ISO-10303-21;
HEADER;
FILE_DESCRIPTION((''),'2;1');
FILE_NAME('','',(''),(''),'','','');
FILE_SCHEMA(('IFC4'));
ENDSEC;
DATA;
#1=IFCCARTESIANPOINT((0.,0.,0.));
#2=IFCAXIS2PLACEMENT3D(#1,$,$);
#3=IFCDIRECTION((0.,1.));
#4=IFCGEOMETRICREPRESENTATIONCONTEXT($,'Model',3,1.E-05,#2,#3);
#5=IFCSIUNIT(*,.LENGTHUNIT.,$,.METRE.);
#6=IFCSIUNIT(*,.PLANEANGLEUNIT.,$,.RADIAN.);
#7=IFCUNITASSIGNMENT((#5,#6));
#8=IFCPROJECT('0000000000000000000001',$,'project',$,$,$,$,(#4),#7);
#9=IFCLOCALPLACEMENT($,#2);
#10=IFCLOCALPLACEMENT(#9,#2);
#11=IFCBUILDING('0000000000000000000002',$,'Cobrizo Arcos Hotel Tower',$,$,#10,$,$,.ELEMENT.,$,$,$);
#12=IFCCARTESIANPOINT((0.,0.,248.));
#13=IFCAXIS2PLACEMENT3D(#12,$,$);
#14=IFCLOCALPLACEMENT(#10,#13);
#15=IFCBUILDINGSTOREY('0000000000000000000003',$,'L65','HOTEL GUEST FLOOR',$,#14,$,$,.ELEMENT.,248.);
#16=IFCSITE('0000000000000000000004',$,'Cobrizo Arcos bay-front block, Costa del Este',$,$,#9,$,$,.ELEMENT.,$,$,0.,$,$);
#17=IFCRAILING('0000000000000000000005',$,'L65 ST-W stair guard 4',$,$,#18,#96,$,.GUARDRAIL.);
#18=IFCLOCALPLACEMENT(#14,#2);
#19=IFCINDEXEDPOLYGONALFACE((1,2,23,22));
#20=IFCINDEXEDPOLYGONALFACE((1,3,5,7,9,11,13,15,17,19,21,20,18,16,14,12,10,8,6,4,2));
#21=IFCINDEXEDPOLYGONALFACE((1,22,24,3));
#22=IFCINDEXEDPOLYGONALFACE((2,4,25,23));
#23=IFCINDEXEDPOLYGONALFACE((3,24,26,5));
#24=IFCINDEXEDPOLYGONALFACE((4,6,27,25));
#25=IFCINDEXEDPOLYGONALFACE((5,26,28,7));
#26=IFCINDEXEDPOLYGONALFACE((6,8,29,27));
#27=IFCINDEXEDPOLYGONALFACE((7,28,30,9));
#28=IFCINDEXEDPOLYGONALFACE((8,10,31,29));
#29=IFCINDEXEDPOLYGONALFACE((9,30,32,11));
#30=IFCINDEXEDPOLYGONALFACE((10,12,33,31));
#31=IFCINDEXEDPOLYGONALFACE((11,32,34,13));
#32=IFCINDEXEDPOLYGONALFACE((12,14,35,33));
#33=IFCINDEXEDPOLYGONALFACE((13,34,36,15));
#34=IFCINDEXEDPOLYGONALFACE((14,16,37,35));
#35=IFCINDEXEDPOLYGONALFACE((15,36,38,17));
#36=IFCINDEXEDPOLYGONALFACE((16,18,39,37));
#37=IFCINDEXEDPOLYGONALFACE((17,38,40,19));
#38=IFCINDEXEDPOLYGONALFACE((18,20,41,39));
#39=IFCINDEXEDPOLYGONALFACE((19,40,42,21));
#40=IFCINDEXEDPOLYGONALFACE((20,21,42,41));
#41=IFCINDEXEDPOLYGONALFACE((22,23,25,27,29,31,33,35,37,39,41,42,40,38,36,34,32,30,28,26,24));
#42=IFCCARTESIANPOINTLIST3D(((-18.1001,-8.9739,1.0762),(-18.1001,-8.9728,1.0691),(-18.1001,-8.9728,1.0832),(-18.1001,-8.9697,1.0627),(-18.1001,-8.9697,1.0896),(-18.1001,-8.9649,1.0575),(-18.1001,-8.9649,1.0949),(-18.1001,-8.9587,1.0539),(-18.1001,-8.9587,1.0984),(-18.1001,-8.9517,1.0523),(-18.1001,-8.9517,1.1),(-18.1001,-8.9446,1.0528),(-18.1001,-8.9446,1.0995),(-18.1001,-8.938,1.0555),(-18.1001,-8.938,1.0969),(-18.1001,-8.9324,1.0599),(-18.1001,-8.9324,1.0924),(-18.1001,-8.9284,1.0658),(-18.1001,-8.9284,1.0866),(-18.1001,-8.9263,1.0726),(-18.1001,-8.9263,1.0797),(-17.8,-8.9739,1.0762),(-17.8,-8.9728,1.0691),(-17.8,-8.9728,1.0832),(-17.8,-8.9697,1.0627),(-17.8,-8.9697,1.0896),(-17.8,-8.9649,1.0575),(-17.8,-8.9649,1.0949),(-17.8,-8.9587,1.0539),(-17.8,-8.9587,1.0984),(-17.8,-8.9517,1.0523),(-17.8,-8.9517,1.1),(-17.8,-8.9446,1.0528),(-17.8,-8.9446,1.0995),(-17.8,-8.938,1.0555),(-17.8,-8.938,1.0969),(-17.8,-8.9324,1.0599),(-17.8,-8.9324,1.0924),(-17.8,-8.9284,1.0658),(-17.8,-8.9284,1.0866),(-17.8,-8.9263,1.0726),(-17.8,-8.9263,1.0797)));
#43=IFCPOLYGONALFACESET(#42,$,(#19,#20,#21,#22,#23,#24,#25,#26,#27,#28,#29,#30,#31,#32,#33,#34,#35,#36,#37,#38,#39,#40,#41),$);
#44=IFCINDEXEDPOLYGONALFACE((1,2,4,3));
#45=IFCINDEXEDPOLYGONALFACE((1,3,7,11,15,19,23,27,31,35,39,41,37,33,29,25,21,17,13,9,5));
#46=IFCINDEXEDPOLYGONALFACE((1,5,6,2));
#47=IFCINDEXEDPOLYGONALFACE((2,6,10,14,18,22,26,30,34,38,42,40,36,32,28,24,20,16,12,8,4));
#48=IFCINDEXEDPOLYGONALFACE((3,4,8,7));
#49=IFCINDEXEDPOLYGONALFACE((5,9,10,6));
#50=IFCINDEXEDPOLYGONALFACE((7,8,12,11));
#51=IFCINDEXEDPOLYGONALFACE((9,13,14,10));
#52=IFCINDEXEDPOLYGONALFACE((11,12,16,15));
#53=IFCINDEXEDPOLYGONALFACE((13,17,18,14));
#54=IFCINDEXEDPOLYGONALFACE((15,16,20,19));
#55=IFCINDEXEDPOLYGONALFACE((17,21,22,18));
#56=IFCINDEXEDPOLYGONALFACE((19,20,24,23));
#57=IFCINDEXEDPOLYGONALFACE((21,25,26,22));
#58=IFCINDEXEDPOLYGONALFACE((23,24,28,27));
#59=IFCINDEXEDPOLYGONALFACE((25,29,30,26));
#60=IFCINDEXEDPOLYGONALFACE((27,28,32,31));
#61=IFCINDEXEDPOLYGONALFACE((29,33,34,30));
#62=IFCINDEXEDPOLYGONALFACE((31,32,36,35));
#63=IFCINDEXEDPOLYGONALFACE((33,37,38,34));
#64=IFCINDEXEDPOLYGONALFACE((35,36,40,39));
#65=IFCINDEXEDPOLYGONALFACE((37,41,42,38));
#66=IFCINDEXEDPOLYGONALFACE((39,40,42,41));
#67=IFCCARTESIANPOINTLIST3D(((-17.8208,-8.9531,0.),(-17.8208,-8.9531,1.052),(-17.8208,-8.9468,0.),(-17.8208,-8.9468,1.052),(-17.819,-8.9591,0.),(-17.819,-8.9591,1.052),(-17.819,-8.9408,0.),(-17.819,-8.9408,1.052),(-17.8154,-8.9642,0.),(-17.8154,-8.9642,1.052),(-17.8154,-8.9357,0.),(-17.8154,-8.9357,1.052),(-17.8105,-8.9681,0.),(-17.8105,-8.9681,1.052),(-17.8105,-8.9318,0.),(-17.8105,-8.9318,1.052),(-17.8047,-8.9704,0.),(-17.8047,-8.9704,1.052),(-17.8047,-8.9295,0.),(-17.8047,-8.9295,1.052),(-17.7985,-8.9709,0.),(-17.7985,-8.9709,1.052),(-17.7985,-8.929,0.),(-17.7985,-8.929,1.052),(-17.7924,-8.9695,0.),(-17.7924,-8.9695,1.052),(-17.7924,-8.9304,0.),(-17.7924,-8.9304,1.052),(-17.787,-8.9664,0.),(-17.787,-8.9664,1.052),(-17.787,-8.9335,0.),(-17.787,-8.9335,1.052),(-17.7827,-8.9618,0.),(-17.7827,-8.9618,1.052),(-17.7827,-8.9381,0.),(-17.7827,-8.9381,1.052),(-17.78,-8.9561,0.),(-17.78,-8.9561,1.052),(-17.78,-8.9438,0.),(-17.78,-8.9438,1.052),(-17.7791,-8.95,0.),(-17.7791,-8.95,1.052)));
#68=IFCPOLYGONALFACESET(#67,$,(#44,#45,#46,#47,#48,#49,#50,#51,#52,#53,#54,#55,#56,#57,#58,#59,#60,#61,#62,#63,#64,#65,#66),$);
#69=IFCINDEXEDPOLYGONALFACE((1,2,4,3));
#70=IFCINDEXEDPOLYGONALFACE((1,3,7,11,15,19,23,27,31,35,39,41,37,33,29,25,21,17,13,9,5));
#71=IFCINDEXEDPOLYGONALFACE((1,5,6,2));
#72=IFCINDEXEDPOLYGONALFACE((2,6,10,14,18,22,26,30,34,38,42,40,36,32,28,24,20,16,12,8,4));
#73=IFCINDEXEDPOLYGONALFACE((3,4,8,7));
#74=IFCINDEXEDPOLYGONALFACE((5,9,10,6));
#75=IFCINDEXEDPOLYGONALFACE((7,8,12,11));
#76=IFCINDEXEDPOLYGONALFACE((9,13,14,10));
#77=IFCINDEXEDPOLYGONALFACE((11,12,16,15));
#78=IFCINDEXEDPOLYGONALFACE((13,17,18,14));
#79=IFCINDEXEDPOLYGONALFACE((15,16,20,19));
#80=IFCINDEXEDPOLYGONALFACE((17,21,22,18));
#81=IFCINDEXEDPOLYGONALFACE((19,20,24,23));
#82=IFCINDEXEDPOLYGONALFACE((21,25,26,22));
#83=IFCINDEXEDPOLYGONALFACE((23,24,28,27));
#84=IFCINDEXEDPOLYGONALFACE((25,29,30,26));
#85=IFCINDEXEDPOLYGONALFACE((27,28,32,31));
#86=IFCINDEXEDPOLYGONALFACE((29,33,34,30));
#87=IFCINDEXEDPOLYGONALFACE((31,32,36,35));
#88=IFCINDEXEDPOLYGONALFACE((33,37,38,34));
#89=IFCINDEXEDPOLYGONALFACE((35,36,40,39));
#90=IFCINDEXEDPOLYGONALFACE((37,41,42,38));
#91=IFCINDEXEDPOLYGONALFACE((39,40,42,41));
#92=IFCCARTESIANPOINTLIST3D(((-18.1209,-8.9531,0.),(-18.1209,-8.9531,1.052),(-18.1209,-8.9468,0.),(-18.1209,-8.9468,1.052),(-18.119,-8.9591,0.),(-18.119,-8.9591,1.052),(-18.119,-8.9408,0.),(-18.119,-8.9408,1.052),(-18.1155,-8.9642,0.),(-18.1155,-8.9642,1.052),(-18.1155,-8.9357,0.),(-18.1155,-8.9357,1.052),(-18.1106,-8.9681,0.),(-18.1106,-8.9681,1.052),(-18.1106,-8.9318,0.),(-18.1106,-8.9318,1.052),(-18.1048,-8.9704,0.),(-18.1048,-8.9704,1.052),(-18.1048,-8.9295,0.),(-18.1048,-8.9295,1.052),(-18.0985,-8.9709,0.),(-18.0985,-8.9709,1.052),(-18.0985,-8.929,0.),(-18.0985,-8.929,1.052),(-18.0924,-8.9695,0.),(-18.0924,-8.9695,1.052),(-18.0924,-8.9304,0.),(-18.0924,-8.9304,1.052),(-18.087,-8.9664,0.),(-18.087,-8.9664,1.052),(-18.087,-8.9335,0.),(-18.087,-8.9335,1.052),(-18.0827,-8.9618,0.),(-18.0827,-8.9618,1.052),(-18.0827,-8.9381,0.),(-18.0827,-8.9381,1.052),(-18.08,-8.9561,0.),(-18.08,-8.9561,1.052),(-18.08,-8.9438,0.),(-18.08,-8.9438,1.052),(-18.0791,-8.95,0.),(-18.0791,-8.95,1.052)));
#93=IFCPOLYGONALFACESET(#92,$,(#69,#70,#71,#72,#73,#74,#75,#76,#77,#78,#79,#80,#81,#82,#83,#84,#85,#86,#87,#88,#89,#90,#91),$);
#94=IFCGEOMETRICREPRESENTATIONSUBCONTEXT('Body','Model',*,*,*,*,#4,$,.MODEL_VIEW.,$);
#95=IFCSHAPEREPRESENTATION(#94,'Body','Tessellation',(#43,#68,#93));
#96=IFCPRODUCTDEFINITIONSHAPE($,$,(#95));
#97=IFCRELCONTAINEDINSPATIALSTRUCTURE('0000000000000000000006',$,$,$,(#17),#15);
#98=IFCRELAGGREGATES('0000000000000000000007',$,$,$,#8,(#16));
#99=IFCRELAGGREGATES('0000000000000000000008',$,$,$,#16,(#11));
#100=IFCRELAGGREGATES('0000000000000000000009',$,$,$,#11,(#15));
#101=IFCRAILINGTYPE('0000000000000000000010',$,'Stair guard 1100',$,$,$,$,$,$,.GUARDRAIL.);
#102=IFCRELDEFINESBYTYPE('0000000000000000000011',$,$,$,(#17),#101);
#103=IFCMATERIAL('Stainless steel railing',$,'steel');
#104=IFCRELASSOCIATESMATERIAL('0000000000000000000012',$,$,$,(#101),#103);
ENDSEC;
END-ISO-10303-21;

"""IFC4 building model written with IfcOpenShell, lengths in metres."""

from ifc_helpers import new_model, si_unit, direction, frame, origin, origin_2d, place, context, subcontext, project, spatial, circle, extrude, material, type_object, element, save


model = new_model("IFC4")

# Units and contexts
model_context = context("Model", 3, precision=1e-05, world=origin(), true_north=direction((0.0, 1.0)))
body_context = subcontext(model_context, "Body", "Model", "MODEL_VIEW")
ifc_project = project(units=[si_unit("LENGTHUNIT", "METRE"), si_unit("PLANEANGLEUNIT", "RADIAN")], contexts=[model_context])

# Site, building, storey
site_placement = place(None, origin())
site = spatial("IfcSite", under=ifc_project, at=site_placement, Name="Cobrizo Arcos bay-front block, Costa del Este", CompositionType="ELEMENT", RefElevation=0.0)
building_placement = place(site_placement, origin())
building = spatial("IfcBuilding", under=site, at=building_placement, Name="Cobrizo Arcos Hotel Tower", CompositionType="ELEMENT")
storey_placement = place(building_placement, frame((0.0, 0.0, 248.0)))
storey = spatial("IfcBuildingStorey", under=building, at=storey_placement, Name="L65", Description="HOTEL GUEST FLOOR", CompositionType="ELEMENT", Elevation=248.0)

# Railing
ifc_material_1 = material(Name="Stainless steel railing", Category="steel")
railing_type_1 = type_object("IfcRailingType", Name="Stair guard 1100", PredefinedType="GUARDRAIL", material=ifc_material_1)
railing_1_placement = place(storey_placement, frame((-17.8, -8.95, 0.0)))
element("IfcRailing", 1, at=railing_1_placement, inside=storey, type_object=railing_type_1, Name="L65 ST-W stair guard 4", PredefinedType="GUARDRAIL", context=body_context, shape_type="SweptSolid", body=[
    extrude(circle(Radius=0.0239, at=origin_2d()), frame((0.0, 0.0, 1.0762), z_axis=(-1.0, 0.0, 0.0), x_axis=(0.0, -1.0, 0.0)), (0.0, 0.0, 1.0), 0.3),
    extrude(circle(Radius=0.021, at=origin_2d()), origin(), (0.0, 0.0, 1.0), 1.052),
    extrude(circle(Radius=0.021, at=origin_2d()), frame((-0.3, 0.0, 0.0)), (0.0, 0.0, 1.0), 1.052),
])

save(model, "model.ifc")
